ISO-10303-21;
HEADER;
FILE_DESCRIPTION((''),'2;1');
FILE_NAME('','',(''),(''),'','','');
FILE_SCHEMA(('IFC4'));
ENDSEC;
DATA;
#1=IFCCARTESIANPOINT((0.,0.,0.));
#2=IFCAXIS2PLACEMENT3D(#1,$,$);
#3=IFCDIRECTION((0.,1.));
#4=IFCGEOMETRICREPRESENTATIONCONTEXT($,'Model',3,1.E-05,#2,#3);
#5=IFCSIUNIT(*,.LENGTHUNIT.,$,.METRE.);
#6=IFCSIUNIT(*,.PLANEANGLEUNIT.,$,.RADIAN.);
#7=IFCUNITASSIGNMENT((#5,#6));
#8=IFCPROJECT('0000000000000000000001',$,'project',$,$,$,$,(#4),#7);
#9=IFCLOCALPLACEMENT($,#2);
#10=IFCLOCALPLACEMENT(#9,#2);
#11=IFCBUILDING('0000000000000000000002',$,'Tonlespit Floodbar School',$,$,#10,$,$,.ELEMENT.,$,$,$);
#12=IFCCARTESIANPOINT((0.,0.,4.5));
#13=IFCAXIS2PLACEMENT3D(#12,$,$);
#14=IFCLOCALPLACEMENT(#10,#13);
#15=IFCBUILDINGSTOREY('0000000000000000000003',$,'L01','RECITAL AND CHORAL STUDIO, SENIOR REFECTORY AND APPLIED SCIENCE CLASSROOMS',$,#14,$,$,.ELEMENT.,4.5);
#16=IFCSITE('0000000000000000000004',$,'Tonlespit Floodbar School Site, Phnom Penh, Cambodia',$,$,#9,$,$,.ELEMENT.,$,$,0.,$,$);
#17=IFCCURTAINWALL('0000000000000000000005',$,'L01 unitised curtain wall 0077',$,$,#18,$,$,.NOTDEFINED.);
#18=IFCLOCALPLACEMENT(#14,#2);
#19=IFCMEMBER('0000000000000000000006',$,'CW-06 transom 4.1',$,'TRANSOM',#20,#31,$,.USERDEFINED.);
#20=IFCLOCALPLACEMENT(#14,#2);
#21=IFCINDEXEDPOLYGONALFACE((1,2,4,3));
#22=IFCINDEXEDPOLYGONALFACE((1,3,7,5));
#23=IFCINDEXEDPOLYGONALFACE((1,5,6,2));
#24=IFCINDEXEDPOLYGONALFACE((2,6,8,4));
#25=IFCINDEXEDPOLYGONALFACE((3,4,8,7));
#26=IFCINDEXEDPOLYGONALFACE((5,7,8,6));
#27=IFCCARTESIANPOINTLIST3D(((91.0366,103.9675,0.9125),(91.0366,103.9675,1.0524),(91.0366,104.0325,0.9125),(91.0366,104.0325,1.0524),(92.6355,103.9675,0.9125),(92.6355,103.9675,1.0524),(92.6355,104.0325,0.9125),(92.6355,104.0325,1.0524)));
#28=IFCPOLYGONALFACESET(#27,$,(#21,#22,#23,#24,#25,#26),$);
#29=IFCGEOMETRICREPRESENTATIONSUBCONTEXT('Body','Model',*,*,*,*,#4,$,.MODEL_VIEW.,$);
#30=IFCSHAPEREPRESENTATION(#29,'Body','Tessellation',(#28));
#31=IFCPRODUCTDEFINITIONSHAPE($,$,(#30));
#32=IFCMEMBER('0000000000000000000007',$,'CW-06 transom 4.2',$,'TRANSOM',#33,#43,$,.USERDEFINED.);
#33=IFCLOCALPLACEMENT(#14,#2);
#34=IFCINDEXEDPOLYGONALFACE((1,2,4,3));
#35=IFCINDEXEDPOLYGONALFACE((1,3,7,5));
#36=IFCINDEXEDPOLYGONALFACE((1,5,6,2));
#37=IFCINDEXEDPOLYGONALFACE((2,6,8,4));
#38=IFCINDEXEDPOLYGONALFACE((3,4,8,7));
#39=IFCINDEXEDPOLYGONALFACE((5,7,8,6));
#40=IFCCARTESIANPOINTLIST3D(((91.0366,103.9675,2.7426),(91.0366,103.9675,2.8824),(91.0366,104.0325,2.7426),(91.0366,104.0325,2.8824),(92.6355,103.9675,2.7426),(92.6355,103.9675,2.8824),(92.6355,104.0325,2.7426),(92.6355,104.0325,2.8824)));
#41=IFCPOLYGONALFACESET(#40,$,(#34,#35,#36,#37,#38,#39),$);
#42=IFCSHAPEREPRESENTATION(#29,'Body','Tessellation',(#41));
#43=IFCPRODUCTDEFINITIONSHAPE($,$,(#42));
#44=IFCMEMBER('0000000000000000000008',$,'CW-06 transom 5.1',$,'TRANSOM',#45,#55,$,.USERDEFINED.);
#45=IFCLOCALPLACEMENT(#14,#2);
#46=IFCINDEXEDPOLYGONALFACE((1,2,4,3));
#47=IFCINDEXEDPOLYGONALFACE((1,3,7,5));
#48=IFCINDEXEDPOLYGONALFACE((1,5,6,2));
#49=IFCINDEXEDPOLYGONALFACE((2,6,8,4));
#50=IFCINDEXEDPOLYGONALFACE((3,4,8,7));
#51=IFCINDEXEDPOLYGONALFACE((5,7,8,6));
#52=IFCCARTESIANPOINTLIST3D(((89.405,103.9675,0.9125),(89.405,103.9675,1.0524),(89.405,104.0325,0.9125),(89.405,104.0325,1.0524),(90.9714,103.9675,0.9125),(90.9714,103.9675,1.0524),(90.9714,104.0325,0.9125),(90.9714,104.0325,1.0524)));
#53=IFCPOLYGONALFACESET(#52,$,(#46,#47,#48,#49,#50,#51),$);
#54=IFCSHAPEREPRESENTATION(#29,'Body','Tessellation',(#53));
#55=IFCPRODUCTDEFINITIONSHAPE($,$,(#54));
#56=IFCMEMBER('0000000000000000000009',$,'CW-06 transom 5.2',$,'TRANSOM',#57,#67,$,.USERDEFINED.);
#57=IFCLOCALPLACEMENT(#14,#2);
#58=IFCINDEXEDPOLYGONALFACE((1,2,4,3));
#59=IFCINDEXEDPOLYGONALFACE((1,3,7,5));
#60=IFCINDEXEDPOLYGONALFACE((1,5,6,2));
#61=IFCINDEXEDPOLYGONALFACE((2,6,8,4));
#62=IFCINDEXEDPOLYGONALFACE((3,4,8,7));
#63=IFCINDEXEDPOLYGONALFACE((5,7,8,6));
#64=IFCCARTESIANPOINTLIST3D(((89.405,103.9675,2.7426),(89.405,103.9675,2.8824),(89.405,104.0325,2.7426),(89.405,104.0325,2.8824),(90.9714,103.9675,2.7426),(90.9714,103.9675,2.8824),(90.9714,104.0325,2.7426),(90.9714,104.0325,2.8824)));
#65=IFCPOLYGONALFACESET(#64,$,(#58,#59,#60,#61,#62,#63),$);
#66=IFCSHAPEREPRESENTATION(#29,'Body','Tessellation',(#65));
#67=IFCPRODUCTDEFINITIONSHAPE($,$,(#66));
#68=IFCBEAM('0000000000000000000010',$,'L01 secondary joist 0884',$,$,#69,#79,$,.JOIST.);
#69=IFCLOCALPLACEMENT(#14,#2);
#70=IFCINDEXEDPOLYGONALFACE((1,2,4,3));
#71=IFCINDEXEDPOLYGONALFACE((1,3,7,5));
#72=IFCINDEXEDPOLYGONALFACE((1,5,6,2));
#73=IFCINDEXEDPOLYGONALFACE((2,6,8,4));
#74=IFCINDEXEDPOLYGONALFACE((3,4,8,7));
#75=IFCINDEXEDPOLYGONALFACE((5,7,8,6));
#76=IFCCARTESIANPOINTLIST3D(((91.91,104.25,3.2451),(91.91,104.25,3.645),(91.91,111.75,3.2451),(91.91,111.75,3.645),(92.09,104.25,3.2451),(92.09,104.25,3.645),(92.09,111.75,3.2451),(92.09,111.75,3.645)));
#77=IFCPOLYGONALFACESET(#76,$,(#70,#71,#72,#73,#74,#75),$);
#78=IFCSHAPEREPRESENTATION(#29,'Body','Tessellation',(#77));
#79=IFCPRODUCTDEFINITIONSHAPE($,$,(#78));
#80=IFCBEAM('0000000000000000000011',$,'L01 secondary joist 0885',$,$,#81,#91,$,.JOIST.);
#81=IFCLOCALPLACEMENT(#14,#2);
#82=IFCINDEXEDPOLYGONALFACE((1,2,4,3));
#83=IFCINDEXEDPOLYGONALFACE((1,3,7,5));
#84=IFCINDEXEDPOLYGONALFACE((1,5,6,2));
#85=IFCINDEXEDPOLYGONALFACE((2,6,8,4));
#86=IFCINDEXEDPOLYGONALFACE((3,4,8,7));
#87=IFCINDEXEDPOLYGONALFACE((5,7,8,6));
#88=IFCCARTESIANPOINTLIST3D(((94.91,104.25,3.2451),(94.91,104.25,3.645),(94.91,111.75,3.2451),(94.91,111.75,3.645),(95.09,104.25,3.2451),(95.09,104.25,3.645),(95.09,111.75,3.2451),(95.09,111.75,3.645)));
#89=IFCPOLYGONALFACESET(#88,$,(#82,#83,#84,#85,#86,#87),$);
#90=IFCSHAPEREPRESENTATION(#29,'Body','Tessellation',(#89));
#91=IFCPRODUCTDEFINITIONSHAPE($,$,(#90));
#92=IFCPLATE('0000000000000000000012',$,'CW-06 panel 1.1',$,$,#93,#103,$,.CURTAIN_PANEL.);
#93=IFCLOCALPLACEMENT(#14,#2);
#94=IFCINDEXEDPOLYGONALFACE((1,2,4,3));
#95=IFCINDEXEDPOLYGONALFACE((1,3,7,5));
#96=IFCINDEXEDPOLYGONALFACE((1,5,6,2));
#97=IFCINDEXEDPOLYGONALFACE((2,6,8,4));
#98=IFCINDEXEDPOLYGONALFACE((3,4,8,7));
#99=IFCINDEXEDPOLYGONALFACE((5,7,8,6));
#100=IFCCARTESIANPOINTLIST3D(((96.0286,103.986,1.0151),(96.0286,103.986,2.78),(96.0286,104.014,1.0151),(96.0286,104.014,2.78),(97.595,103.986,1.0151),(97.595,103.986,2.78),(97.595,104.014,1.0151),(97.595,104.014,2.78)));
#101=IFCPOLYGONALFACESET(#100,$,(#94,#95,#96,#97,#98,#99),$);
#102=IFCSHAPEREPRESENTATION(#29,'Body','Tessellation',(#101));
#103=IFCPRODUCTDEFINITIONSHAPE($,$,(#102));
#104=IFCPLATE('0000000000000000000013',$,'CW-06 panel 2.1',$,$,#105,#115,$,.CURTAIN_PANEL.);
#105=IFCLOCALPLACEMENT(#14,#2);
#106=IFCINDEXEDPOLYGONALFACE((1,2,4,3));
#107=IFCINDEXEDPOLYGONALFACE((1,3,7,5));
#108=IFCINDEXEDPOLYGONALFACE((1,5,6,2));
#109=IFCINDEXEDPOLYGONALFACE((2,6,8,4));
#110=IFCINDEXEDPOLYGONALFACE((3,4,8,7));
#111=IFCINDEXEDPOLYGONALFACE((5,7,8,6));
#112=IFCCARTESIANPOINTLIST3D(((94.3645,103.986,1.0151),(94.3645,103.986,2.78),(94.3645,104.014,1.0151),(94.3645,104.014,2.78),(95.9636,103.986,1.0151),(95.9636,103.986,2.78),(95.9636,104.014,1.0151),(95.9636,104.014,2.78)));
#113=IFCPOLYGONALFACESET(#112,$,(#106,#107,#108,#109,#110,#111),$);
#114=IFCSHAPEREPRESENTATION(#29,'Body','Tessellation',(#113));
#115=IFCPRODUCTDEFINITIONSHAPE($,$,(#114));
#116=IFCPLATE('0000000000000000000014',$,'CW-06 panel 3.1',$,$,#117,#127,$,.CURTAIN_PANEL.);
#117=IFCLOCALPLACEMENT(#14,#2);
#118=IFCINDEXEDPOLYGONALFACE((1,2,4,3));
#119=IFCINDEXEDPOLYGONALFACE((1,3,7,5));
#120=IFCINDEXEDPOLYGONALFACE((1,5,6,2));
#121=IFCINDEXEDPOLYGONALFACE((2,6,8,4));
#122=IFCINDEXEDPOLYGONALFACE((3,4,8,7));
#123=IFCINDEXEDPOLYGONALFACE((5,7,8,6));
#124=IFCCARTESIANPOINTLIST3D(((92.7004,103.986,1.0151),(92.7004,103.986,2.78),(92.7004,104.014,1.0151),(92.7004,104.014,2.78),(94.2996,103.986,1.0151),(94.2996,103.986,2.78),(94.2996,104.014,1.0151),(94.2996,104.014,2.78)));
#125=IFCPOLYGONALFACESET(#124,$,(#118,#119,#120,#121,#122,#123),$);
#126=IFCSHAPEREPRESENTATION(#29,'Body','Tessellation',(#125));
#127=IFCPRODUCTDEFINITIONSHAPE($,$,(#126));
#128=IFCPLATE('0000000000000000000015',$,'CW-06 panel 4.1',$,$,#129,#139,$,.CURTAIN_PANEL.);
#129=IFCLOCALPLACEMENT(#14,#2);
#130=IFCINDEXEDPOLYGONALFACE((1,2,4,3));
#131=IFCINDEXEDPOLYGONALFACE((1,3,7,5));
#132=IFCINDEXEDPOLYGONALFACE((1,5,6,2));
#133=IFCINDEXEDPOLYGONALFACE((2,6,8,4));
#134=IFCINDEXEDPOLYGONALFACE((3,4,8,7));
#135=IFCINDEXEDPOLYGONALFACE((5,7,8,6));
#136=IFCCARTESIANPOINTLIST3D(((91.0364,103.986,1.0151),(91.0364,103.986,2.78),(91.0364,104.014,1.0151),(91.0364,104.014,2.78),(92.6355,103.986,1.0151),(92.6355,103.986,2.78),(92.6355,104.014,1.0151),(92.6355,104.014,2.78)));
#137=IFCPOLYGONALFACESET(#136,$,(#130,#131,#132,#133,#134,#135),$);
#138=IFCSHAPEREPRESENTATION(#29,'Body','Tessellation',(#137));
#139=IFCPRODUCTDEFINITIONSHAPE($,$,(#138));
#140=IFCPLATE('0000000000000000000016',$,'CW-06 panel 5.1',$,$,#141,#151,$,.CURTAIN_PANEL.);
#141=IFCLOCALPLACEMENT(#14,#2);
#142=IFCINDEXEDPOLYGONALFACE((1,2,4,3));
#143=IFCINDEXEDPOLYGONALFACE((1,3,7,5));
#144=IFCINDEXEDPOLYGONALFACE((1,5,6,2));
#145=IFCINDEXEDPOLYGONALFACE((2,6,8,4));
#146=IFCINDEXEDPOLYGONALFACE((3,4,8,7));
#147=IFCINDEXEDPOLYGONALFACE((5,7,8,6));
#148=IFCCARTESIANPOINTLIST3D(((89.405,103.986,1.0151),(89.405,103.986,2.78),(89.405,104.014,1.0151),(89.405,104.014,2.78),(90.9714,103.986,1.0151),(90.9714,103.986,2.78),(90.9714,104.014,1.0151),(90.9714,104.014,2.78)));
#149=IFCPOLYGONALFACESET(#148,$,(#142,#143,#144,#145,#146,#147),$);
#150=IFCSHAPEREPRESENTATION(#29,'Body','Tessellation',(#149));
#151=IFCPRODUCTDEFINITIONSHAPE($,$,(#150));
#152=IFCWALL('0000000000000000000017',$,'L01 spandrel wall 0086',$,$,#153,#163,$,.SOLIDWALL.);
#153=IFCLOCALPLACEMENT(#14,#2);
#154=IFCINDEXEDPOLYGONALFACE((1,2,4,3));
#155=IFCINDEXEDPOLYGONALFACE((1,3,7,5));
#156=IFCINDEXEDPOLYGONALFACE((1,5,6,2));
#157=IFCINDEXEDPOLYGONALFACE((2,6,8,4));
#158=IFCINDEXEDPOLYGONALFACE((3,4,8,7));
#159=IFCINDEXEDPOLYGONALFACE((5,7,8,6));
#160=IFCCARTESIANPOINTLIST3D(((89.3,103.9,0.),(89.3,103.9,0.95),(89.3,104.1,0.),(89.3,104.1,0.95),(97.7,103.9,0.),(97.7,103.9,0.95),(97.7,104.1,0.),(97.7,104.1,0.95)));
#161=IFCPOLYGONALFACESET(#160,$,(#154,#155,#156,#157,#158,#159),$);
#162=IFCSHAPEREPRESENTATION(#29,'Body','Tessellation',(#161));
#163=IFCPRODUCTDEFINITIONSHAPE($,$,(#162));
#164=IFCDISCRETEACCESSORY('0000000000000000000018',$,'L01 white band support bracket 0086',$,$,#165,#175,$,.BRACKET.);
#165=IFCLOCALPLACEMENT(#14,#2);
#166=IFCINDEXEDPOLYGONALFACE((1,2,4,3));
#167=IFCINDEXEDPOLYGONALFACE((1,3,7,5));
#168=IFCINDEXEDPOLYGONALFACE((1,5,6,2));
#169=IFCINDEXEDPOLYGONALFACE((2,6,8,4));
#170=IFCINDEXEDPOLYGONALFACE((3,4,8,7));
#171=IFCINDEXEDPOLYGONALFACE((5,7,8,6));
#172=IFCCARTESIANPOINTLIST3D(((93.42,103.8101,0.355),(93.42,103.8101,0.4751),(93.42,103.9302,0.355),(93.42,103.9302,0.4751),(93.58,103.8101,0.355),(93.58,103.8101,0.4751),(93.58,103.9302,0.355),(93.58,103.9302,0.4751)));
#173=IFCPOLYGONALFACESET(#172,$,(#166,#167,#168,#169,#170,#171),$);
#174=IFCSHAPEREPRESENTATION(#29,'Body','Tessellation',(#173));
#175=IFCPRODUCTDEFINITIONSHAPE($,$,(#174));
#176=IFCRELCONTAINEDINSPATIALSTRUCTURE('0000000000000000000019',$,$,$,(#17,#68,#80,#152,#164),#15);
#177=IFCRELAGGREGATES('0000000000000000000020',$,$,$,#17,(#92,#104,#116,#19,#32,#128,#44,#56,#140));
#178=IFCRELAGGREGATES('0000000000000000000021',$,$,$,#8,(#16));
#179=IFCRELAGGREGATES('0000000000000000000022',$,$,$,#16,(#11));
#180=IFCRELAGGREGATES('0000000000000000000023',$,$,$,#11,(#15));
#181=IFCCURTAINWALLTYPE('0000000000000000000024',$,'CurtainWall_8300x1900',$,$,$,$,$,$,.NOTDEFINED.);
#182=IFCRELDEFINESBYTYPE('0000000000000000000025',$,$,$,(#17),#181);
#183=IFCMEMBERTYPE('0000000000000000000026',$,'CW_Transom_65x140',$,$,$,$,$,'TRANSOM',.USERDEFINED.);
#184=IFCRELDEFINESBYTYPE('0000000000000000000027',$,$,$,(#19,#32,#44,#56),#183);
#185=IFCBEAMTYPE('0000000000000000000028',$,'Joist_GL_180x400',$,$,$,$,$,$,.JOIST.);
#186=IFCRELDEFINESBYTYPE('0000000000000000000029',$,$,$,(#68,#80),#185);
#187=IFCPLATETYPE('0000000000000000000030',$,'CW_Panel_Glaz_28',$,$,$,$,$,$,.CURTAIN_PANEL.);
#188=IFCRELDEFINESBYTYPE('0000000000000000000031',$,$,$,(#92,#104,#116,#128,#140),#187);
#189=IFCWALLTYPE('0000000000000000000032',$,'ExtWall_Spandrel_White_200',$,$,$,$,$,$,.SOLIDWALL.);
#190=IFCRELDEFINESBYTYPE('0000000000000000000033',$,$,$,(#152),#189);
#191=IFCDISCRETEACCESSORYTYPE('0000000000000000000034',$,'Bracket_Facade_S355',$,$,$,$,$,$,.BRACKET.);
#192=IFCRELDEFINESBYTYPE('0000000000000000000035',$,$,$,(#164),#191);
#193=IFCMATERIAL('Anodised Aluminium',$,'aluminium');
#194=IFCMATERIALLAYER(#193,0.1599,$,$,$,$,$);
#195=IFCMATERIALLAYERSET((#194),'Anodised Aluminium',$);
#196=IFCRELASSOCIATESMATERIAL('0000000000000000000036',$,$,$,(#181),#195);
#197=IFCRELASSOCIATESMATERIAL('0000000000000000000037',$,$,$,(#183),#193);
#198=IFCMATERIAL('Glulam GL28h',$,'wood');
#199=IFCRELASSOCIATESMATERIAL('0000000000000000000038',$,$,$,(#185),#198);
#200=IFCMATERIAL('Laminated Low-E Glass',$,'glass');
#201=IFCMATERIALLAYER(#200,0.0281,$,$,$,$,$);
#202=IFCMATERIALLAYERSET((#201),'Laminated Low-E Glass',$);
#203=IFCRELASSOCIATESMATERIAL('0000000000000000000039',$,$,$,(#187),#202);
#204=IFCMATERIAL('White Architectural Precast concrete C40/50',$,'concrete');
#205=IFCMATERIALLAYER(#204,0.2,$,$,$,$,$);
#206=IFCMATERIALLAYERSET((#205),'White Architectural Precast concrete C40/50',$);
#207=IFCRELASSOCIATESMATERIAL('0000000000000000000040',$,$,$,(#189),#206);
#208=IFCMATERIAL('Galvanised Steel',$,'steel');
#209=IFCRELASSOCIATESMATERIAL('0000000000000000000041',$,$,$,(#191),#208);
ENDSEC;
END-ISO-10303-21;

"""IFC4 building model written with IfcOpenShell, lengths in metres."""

from ifc_helpers import new_model, si_unit, direction, frame, frame_2d, origin, origin_2d, place, context, subcontext, project, spatial, rectangle, extrude, material, layer, layer_set, material_profile, profile_set, type_object, element, aggregate, save


model = new_model("IFC4")

# Units and contexts
model_context = context("Model", 3, precision=1e-05, world=origin(), true_north=direction((0.0, 1.0)))
body_context = subcontext(model_context, "Body", "Model", "MODEL_VIEW")
ifc_project = project(units=[si_unit("LENGTHUNIT", "METRE"), si_unit("PLANEANGLEUNIT", "RADIAN")], contexts=[model_context])

# Site, building, storey
site_placement = place(None, origin())
site = spatial("IfcSite", under=ifc_project, at=site_placement, Name="Tonlespit Floodbar School Site, Phnom Penh, Cambodia", CompositionType="ELEMENT", RefElevation=0.0)
building_placement = place(site_placement, origin())
building = spatial("IfcBuilding", under=site, at=building_placement, Name="Tonlespit Floodbar School", CompositionType="ELEMENT")
storey_placement = place(building_placement, frame((0.0, 0.0, 4.5)))
storey = spatial("IfcBuildingStorey", under=building, at=storey_placement, Name="L01", Description="RECITAL AND CHORAL STUDIO, SENIOR REFECTORY AND APPLIED SCIENCE CLASSROOMS", CompositionType="ELEMENT", Elevation=4.5)

# Curtain wall, members
ifc_material_1 = material(Name="Anodised Aluminium", Category="aluminium")
ifc_layer_1 = layer(ifc_material_1, 0.1599)
ifc_layer_set_1 = layer_set([ifc_layer_1], Name="Anodised Aluminium")
curtain_wall_type = type_object("IfcCurtainWallType", Name="CurtainWall_8300x1900", PredefinedType="NOTDEFINED", material=ifc_layer_set_1)
curtain_wall_placement = place(storey_placement, origin())
curtain_wall = element("IfcCurtainWall", 1, at=curtain_wall_placement, inside=storey, type_object=curtain_wall_type, Name="L01 unitised curtain wall 0077", PredefinedType="NOTDEFINED")
ifc_material_profile_1 = material_profile(ifc_material_1, rectangle(XDim=0.0649, YDim=0.1399, at=origin_2d()), Name="ALU T65x140")
ifc_profile_set_1 = profile_set([ifc_material_profile_1], Name="Anodised Aluminium")
member_type_1 = type_object("IfcMemberType", Name="CW_Transom_65x140", ElementType="TRANSOM", PredefinedType="USERDEFINED", material=ifc_profile_set_1)
member_1_placement = place(storey_placement, frame((92.6355, 104.0, 0.9824), z_axis=(-1.0, 0.0, 0.0), x_axis=(0.0, -1.0, 0.0)))
member_1 = element("IfcMember", 2, at=member_1_placement, type_object=member_type_1, Name="CW-06 transom 4.1", ObjectType="TRANSOM", PredefinedType="USERDEFINED", context=body_context, shape_type="SweptSolid", body=[
    extrude(rectangle(XDim=0.0649, YDim=0.1399, at=origin_2d()), origin(), (0.0, 0.0, 1.0), 1.5989),
])
member_2_placement = place(storey_placement, frame((92.6355, 104.0, 2.8125), z_axis=(-1.0, 0.0, 0.0), x_axis=(0.0, -1.0, 0.0)))
member_2 = element("IfcMember", 3, at=member_2_placement, type_object=member_type_1, Name="CW-06 transom 4.2", ObjectType="TRANSOM", PredefinedType="USERDEFINED", context=body_context, shape_type="SweptSolid", body=[
    extrude(rectangle(XDim=0.0649, YDim=0.1399, at=origin_2d()), origin(), (0.0, 0.0, 1.0), 1.5989),
])
member_3_placement = place(storey_placement, frame((90.9714, 104.0, 0.9824), z_axis=(-1.0, 0.0, 0.0), x_axis=(0.0, -1.0, 0.0)))
member_3 = element("IfcMember", 4, at=member_3_placement, type_object=member_type_1, Name="CW-06 transom 5.1", ObjectType="TRANSOM", PredefinedType="USERDEFINED", context=body_context, shape_type="SweptSolid", body=[
    extrude(rectangle(XDim=0.0649, YDim=0.1399, at=origin_2d()), origin(), (0.0, 0.0, 1.0), 1.5664),
])
member_4_placement = place(storey_placement, frame((90.9714, 104.0, 2.8125), z_axis=(-1.0, 0.0, 0.0), x_axis=(0.0, -1.0, 0.0)))
member_4 = element("IfcMember", 5, at=member_4_placement, type_object=member_type_1, Name="CW-06 transom 5.2", ObjectType="TRANSOM", PredefinedType="USERDEFINED", context=body_context, shape_type="SweptSolid", body=[
    extrude(rectangle(XDim=0.0649, YDim=0.1399, at=origin_2d()), origin(), (0.0, 0.0, 1.0), 1.5664),
])

# Beams
ifc_material_2 = material(Name="Glulam GL28h", Category="wood")
ifc_material_profile_2 = material_profile(ifc_material_2, rectangle(XDim=0.1799, YDim=0.3999, at=origin_2d()), Name="GL 180x400")
ifc_profile_set_2 = profile_set([ifc_material_profile_2], Name="Glulam GL28h")
beam_type_1 = type_object("IfcBeamType", Name="Joist_GL_180x400", PredefinedType="JOIST", material=ifc_profile_set_2)
for number, where, z_axis, x_axis, name in (
    (6, (92.0, 104.25, 3.4451), (0.0, 1.0, 0.0), (-1.0, 0.0, 0.0), "L01 secondary joist 0884"),
    (7, (95.0, 104.25, 3.4451), (0.0, 1.0, 0.0), (-1.0, 0.0, 0.0), "L01 secondary joist 0885"),
):
    element("IfcBeam", number, at=place(storey_placement, frame(where, z_axis=z_axis, x_axis=x_axis)), inside=storey, type_object=beam_type_1, Name=name, PredefinedType="JOIST", context=body_context, shape_type="SweptSolid", body=[
        extrude(rectangle(XDim=0.1799, YDim=0.3999, at=origin_2d()), origin(), (0.0, 0.0, 1.0), 7.5),
    ])

# Plates
ifc_material_3 = material(Name="Laminated Low-E Glass", Category="glass")
ifc_layer_2 = layer(ifc_material_3, 0.0281)
ifc_layer_set_2 = layer_set([ifc_layer_2], Name="Laminated Low-E Glass")
plate_type = type_object("IfcPlateType", Name="CW_Panel_Glaz_28", PredefinedType="CURTAIN_PANEL", material=ifc_layer_set_2)
plate_1_placement = place(storey_placement, frame((96.8118, 104.0, 1.0151), z_axis=(0.0, 0.0, 1.0), x_axis=(-1.0, 0.0, 0.0)))
plate_1 = element("IfcPlate", 8, at=plate_1_placement, type_object=plate_type, Name="CW-06 panel 1.1", PredefinedType="CURTAIN_PANEL", context=body_context, shape_type="SweptSolid", body=[
    extrude(rectangle(XDim=1.5664, YDim=0.0281, at=origin_2d()), origin(), (0.0, 0.0, 1.0), 1.7649),
])
plate_2_placement = place(storey_placement, frame((95.1641, 104.0, 1.0151), z_axis=(0.0, 0.0, 1.0), x_axis=(-1.0, 0.0, 0.0)))
plate_2 = element("IfcPlate", 9, at=plate_2_placement, type_object=plate_type, Name="CW-06 panel 2.1", PredefinedType="CURTAIN_PANEL", context=body_context, shape_type="SweptSolid", body=[
    extrude(rectangle(XDim=1.5991, YDim=0.0281, at=origin_2d()), origin(), (0.0, 0.0, 1.0), 1.7649),
])
plate_3_placement = place(storey_placement, frame((93.5, 104.0, 1.0151), z_axis=(0.0, 0.0, 1.0), x_axis=(-1.0, 0.0, 0.0)))
plate_3 = element("IfcPlate", 10, at=plate_3_placement, type_object=plate_type, Name="CW-06 panel 3.1", PredefinedType="CURTAIN_PANEL", context=body_context, shape_type="SweptSolid", body=[
    extrude(rectangle(XDim=1.5991, YDim=0.0281, at=origin_2d()), origin(), (0.0, 0.0, 1.0), 1.7649),
])
plate_4_placement = place(storey_placement, frame((91.8359, 104.0, 1.0151), z_axis=(0.0, 0.0, 1.0), x_axis=(-1.0, 0.0, 0.0)))
plate_4 = element("IfcPlate", 11, at=plate_4_placement, type_object=plate_type, Name="CW-06 panel 4.1", PredefinedType="CURTAIN_PANEL", context=body_context, shape_type="SweptSolid", body=[
    extrude(rectangle(XDim=1.5991, YDim=0.0281, at=origin_2d()), origin(), (0.0, 0.0, 1.0), 1.7649),
])
plate_5_placement = place(storey_placement, frame((90.1882, 104.0, 1.0151), z_axis=(0.0, 0.0, 1.0), x_axis=(-1.0, 0.0, 0.0)))
plate_5 = element("IfcPlate", 12, at=plate_5_placement, type_object=plate_type, Name="CW-06 panel 5.1", PredefinedType="CURTAIN_PANEL", context=body_context, shape_type="SweptSolid", body=[
    extrude(rectangle(XDim=1.5664, YDim=0.0281, at=origin_2d()), origin(), (0.0, 0.0, 1.0), 1.7649),
])
aggregate(curtain_wall, [plate_1, plate_2, plate_3, member_1, member_2, plate_4, member_3, member_4, plate_5])

# Wall
ifc_material_4 = material(Name="White Architectural Precast concrete C40/50", Category="concrete")
ifc_layer_3 = layer(ifc_material_4, 0.2)
ifc_layer_set_3 = layer_set([ifc_layer_3], Name="White Architectural Precast concrete C40/50")
wall_type = type_object("IfcWallType", Name="ExtWall_Spandrel_White_200", PredefinedType="SOLIDWALL", material=ifc_layer_set_3)
wall_placement = place(storey_placement, frame((97.7, 104.0, 0.0), z_axis=(0.0, 0.0, 1.0), x_axis=(-1.0, 0.0, 0.0)))
element("IfcWall", 13, at=wall_placement, inside=storey, type_object=wall_type, Name="L01 spandrel wall 0086", PredefinedType="SOLIDWALL", context=body_context, shape_type="SweptSolid", body=[
    extrude(rectangle(XDim=8.3999, YDim=0.2, at=frame_2d((4.2, 0.0))), origin(), (0.0, 0.0, 1.0), 0.95),
])

# Discrete accessory
ifc_material_5 = material(Name="Galvanised Steel", Category="steel")
discrete_accessory_type = type_object("IfcDiscreteAccessoryType", Name="Bracket_Facade_S355", PredefinedType="BRACKET", material=ifc_material_5)
discrete_accessory_placement = place(storey_placement, frame((93.5, 103.8701, 0.355), z_axis=(0.0, 0.0, 1.0), x_axis=(-1.0, 0.0, 0.0)))
element("IfcDiscreteAccessory", 14, at=discrete_accessory_placement, inside=storey, type_object=discrete_accessory_type, Name="L01 white band support bracket 0086", PredefinedType="BRACKET", context=body_context, shape_type="SweptSolid", body=[
    extrude(rectangle(XDim=0.1599, YDim=0.1201, at=origin_2d()), origin(), (0.0, 0.0, 1.0), 0.1201),
])

save(model, "model.ifc")
